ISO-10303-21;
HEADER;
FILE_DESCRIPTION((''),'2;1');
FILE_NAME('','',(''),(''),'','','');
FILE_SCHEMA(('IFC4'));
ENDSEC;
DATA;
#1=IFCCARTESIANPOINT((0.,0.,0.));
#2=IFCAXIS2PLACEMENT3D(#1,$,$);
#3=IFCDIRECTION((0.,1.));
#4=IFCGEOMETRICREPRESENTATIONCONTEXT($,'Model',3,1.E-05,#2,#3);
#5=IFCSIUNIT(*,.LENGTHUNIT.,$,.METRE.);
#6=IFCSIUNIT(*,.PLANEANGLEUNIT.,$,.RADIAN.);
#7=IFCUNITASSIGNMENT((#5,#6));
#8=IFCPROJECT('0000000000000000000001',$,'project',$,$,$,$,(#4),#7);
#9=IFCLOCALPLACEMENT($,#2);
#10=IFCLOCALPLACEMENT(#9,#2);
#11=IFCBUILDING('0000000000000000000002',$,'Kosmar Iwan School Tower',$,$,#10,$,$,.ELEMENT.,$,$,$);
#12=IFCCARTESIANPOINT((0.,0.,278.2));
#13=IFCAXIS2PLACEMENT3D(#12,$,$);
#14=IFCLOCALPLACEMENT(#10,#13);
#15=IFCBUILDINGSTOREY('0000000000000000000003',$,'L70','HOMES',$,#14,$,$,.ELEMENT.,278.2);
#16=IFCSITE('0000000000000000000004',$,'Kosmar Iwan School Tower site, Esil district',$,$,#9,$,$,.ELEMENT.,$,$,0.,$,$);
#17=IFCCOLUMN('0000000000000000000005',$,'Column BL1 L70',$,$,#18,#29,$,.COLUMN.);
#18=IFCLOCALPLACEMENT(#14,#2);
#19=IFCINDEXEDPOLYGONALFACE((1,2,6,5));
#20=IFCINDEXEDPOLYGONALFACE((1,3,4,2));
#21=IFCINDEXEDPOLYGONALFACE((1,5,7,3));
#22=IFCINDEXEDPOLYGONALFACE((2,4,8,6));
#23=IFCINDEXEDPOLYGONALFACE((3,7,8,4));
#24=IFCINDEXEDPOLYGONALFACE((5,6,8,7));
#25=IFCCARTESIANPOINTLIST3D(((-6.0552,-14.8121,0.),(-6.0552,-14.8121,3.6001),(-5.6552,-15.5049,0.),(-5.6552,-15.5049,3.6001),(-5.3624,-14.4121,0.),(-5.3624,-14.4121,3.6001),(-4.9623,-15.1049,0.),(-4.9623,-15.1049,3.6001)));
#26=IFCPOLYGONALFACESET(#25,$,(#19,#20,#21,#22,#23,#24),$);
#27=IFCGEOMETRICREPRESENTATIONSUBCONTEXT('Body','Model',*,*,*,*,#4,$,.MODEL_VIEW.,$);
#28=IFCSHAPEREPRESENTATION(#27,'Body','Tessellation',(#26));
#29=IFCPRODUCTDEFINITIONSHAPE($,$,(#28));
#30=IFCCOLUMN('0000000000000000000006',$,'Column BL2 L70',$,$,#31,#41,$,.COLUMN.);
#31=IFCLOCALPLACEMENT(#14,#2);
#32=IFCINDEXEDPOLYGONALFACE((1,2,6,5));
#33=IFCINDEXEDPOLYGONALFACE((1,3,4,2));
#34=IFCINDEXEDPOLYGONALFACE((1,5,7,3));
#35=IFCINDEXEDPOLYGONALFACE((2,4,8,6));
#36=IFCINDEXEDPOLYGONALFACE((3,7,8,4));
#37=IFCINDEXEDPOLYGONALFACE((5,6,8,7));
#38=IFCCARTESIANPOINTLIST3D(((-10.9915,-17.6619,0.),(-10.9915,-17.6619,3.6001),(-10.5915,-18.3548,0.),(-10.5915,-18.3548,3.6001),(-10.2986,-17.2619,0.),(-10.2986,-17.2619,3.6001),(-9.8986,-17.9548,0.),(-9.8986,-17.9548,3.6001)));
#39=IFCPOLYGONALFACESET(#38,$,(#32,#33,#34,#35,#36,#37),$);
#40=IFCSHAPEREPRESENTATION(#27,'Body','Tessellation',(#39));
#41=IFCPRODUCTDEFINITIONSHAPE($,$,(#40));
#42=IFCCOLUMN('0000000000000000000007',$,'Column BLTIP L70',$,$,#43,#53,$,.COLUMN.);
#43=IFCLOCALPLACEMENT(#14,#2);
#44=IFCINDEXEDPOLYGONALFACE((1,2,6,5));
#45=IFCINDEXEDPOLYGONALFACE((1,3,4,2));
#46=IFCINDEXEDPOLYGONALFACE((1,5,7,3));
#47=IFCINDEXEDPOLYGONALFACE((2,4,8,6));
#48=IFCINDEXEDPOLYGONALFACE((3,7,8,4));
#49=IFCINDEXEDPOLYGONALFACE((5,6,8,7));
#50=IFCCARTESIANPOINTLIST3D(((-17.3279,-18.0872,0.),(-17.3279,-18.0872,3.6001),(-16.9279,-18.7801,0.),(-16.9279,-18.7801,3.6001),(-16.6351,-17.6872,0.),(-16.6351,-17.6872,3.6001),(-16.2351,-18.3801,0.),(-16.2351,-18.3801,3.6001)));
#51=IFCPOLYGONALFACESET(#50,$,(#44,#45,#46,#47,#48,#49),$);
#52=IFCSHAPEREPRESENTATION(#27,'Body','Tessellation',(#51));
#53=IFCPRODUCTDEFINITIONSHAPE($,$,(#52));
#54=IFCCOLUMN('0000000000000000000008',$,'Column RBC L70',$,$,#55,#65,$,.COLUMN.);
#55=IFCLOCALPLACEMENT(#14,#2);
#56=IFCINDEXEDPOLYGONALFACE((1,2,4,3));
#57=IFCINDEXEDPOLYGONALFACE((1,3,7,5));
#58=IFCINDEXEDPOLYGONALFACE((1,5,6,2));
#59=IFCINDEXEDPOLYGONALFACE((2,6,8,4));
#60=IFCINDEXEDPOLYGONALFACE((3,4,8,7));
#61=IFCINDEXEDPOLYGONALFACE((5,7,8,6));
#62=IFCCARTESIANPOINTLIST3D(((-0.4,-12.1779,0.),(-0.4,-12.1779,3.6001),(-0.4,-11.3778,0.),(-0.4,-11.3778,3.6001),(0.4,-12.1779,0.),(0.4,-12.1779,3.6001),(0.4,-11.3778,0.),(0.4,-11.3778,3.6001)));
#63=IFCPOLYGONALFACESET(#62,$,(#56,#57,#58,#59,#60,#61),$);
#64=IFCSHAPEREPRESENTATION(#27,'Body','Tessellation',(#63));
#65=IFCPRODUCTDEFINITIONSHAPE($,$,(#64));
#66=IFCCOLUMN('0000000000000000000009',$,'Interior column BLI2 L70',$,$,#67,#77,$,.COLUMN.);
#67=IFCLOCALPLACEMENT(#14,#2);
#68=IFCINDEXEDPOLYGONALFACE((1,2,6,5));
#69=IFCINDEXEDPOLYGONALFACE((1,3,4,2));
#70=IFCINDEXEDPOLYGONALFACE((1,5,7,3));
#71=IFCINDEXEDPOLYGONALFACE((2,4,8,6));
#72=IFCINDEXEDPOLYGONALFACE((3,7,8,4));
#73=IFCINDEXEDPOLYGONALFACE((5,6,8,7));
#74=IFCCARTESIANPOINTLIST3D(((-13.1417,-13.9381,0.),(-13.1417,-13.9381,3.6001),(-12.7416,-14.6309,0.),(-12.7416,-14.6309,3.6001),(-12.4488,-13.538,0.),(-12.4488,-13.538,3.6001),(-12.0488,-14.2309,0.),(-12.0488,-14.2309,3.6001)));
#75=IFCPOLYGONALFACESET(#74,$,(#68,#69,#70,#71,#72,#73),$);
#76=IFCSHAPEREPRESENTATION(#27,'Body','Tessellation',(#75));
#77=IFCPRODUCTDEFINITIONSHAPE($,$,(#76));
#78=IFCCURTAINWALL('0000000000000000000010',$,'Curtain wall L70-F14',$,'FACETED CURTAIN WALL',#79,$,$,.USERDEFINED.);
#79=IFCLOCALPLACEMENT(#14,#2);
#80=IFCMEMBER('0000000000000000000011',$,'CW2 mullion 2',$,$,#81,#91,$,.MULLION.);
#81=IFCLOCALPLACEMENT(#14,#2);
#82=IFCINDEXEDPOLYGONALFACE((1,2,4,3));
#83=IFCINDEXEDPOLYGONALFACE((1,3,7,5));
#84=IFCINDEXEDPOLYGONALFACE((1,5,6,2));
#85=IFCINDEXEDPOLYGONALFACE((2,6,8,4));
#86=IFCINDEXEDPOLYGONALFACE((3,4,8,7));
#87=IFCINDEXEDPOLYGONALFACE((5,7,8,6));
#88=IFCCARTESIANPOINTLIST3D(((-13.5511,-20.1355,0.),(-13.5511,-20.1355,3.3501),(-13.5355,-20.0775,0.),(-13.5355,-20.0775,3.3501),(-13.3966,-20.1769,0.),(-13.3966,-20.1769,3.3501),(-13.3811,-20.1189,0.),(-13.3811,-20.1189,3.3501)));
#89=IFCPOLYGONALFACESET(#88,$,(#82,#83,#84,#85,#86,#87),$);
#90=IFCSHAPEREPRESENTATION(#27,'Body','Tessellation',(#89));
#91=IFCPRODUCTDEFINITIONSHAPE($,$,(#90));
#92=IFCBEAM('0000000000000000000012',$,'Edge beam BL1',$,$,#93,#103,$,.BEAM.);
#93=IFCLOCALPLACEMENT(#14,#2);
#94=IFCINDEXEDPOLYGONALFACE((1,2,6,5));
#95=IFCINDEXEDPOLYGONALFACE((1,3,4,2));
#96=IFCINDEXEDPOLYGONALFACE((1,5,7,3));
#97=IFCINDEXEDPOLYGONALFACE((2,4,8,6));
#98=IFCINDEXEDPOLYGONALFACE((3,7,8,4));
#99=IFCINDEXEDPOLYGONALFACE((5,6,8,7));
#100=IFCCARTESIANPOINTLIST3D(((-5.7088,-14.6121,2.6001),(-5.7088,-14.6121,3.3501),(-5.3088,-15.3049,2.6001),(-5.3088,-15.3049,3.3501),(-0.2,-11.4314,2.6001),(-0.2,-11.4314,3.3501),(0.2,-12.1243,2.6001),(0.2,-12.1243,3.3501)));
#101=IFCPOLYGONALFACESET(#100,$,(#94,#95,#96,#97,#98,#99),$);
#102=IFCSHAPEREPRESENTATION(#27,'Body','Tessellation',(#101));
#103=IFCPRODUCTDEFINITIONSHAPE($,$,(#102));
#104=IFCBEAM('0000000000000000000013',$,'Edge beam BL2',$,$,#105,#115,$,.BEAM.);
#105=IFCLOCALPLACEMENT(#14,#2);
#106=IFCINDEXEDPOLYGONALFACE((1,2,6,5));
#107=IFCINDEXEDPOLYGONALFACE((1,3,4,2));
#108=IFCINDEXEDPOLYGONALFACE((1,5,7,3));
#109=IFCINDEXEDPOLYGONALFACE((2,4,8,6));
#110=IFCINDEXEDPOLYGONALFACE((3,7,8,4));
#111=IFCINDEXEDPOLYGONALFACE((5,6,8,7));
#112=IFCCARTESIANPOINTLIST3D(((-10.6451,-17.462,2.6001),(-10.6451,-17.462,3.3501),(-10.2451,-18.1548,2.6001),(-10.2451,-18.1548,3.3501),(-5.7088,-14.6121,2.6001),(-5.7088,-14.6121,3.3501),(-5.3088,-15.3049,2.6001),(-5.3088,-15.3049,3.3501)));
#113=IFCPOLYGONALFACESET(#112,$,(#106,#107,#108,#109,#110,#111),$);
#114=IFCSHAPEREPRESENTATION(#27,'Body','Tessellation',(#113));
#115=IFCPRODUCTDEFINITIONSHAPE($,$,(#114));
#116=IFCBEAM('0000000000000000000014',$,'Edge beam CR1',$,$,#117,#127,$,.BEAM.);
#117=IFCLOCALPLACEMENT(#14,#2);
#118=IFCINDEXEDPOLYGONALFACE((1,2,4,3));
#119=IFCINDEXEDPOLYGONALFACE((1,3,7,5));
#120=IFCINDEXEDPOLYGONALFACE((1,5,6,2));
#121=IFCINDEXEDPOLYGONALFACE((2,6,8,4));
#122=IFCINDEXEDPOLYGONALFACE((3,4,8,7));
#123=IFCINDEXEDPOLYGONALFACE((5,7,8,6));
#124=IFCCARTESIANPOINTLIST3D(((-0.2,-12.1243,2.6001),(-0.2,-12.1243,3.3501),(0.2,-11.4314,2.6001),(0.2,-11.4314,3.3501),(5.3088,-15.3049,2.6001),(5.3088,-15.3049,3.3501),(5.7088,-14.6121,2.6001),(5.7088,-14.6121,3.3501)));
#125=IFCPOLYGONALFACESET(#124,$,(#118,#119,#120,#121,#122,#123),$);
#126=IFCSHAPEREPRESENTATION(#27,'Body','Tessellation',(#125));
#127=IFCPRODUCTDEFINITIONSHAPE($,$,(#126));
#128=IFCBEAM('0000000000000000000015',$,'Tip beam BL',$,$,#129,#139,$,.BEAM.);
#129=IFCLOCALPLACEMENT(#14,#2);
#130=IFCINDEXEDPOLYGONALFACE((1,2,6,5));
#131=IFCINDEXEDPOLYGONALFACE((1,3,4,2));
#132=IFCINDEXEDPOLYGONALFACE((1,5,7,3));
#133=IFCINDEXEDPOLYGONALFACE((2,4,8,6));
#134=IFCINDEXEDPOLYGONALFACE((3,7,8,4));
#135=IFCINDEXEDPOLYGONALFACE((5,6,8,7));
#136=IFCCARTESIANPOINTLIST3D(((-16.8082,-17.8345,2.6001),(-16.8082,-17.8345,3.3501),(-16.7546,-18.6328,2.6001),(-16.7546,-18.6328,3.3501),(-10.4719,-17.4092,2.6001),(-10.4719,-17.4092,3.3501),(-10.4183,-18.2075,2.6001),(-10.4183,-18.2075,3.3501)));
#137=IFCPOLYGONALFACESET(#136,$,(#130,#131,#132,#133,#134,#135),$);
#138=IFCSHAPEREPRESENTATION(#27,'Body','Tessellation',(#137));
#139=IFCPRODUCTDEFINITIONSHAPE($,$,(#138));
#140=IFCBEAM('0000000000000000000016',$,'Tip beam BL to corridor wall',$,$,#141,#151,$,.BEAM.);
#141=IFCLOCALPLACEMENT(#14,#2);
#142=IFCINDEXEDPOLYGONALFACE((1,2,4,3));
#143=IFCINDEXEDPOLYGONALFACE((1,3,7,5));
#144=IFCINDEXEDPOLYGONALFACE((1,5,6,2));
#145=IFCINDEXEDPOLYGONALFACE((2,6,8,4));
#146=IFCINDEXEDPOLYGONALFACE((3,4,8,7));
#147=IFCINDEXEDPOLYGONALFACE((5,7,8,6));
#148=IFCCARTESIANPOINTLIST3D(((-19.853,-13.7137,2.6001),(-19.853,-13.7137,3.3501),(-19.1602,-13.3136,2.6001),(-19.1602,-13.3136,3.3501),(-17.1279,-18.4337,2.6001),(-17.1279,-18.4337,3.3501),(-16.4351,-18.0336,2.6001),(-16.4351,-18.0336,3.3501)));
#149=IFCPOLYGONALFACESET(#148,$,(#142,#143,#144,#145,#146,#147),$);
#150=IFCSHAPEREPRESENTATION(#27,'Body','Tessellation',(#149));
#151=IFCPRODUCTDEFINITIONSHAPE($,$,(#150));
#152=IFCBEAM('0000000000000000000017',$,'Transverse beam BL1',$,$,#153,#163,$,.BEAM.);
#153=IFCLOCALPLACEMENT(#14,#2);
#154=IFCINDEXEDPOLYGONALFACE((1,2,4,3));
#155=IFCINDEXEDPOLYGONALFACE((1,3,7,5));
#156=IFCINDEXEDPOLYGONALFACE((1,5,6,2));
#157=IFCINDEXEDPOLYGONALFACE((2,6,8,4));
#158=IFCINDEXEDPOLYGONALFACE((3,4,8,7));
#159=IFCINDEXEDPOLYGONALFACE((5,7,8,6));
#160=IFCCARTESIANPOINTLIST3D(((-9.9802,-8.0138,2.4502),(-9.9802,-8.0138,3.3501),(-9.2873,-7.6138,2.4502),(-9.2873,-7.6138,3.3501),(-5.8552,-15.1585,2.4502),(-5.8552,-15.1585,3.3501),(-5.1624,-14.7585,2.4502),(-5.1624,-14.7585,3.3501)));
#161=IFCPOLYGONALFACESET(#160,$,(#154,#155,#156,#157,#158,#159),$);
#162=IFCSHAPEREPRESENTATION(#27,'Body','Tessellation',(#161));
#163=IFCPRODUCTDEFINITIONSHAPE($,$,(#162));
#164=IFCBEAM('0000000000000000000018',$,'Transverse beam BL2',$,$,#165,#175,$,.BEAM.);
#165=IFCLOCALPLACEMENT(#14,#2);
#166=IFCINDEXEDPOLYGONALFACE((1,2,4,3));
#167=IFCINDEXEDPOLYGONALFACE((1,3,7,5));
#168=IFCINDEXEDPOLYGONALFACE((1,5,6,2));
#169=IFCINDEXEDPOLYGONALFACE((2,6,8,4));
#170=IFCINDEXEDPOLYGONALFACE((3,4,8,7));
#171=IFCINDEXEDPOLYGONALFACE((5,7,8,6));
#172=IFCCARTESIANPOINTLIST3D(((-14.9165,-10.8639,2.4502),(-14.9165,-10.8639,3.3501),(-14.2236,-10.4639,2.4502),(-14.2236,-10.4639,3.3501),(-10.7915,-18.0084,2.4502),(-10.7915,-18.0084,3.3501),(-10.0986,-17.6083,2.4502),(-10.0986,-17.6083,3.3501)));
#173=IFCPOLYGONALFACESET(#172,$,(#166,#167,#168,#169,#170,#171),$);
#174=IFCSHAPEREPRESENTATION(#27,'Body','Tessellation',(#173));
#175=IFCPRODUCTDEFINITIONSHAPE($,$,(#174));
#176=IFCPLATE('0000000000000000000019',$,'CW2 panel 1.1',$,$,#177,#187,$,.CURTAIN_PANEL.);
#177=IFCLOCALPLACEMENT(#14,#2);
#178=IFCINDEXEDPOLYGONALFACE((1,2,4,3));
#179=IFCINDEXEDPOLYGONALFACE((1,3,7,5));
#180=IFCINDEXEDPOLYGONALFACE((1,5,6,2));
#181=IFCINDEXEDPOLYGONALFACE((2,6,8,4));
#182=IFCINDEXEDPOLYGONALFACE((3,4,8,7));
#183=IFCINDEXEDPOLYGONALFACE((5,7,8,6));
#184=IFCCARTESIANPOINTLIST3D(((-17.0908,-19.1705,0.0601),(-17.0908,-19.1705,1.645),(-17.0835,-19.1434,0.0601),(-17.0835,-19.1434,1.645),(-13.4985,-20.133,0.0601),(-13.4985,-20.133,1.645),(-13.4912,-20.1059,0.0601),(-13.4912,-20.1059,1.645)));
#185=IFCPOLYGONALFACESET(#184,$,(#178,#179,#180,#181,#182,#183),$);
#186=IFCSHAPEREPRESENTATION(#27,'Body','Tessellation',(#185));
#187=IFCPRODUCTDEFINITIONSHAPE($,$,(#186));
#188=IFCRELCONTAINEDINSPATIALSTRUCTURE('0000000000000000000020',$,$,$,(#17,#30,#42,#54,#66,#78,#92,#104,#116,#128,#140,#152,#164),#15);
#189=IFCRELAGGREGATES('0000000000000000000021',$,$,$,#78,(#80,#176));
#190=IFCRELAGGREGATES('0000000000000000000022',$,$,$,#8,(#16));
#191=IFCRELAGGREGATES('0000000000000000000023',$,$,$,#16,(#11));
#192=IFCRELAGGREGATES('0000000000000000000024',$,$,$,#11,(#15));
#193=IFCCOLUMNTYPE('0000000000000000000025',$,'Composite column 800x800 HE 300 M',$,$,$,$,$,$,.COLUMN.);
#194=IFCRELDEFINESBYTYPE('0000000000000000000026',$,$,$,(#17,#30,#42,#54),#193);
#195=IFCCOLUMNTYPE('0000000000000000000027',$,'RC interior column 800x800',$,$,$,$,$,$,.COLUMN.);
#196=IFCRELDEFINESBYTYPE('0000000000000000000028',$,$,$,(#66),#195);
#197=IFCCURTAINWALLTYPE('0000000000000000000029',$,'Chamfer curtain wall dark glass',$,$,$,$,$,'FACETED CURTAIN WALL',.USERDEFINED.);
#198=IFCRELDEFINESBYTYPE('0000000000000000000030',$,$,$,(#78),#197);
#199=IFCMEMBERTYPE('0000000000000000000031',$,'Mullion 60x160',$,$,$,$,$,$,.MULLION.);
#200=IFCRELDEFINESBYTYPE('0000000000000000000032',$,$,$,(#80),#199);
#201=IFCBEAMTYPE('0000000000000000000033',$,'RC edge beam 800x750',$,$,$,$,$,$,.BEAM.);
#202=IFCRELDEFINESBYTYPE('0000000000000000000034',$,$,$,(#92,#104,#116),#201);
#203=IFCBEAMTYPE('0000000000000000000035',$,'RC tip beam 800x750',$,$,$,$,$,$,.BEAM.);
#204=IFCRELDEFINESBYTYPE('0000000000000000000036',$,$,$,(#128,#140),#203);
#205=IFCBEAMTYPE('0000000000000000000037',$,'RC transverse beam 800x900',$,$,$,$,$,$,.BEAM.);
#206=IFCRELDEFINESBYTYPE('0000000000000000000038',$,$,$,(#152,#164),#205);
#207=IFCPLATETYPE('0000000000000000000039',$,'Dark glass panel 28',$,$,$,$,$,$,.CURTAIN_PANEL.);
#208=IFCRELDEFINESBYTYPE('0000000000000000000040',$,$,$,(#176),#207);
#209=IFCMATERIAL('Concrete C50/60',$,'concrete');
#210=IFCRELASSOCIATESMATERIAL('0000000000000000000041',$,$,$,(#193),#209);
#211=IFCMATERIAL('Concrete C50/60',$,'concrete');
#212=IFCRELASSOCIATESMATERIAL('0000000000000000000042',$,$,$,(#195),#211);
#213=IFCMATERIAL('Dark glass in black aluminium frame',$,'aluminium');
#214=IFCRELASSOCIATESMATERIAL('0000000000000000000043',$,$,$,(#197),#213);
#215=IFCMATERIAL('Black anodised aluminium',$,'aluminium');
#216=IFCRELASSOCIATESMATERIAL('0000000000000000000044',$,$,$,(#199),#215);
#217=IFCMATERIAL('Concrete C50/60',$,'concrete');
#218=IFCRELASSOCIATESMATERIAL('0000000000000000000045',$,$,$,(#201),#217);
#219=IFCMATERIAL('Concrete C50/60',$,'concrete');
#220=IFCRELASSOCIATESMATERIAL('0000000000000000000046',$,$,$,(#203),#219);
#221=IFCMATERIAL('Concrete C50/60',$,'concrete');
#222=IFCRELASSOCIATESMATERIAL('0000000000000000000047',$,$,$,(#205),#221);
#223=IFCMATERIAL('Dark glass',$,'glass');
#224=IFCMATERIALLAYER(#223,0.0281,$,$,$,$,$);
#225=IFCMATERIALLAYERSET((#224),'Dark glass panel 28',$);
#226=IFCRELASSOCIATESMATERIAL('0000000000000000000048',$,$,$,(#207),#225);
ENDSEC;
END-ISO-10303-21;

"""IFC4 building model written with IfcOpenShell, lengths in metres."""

from ifc_helpers import new_model, si_unit, direction, frame, origin, origin_2d, place, context, subcontext, project, spatial, rectangle, extrude, material, layer, layer_set, material_profile, profile_set, type_object, element, aggregate, save


model = new_model("IFC4")

# Units and contexts
model_context = context("Model", 3, precision=1e-05, world=origin(), true_north=direction((0.0, 1.0)))
body_context = subcontext(model_context, "Body", "Model", "MODEL_VIEW")
ifc_project = project(units=[si_unit("LENGTHUNIT", "METRE"), si_unit("PLANEANGLEUNIT", "RADIAN")], contexts=[model_context])

# Site, building, storey
site_placement = place(None, origin())
site = spatial("IfcSite", under=ifc_project, at=site_placement, Name="Kosmar Iwan School Tower site, Esil district", CompositionType="ELEMENT", RefElevation=0.0)
building_placement = place(site_placement, origin())
building = spatial("IfcBuilding", under=site, at=building_placement, Name="Kosmar Iwan School Tower", CompositionType="ELEMENT")
storey_placement = place(building_placement, frame((0.0, 0.0, 278.2)))
storey = spatial("IfcBuildingStorey", under=building, at=storey_placement, Name="L70", Description="HOMES", CompositionType="ELEMENT", Elevation=278.2)

# Columns
ifc_material_1 = material(Name="Concrete C50/60", Category="concrete")
ifc_material_profile_1 = material_profile(ifc_material_1, rectangle(XDim=0.8, YDim=0.8, at=origin_2d()), Name="RC 800x800 + HE 300 M")
ifc_profile_set_1 = profile_set([ifc_material_profile_1], Name="Concrete C50/60")
column_type_1 = type_object("IfcColumnType", Name="Composite column 800x800 HE 300 M", PredefinedType="COLUMN", material=ifc_profile_set_1)
for number, where, z_axis, x_axis, name in (
    (1, (-5.5088, -14.9585, 0.0), (0.0, 0.0, 1.0), (-0.866025, -0.5, 0.0), "Column BL1 L70"),
    (2, (-10.4451, -17.8083, 0.0), (0.0, 0.0, 1.0), (-0.866025, -0.5, 0.0), "Column BL2 L70"),
    (3, (-16.7815, -18.2336, 0.0), (0.0, 0.0, 1.0), (-0.866025, -0.5, 0.0), "Column BLTIP L70"),
    (4, (0.0, -11.7778, 0.0), (0.0, 0.0, 1.0), (1.0, 0.0, 0.0), "Column RBC L70"),
):
    element("IfcColumn", number, at=place(storey_placement, frame(where, z_axis=z_axis, x_axis=x_axis)), inside=storey, type_object=column_type_1, Name=name, PredefinedType="COLUMN", context=body_context, shape_type="SweptSolid", body=[
        extrude(rectangle(XDim=0.8, YDim=0.8, at=origin_2d()), origin(), (0.0, 0.0, 1.0), 3.6001),
    ])
ifc_material_2 = material(Name="Concrete C50/60", Category="concrete")
ifc_material_profile_2 = material_profile(ifc_material_2, rectangle(XDim=0.8, YDim=0.8, at=origin_2d()), Name="RC 800x800")
ifc_profile_set_2 = profile_set([ifc_material_profile_2], Name="Concrete C50/60")
column_type_2 = type_object("IfcColumnType", Name="RC interior column 800x800", PredefinedType="COLUMN", material=ifc_profile_set_2)
column_placement = place(storey_placement, frame((-12.5952, -14.0845, 0.0), z_axis=(0.0, 0.0, 1.0), x_axis=(-0.866025, -0.5, 0.0)))
element("IfcColumn", 5, at=column_placement, inside=storey, type_object=column_type_2, Name="Interior column BLI2 L70", PredefinedType="COLUMN", context=body_context, shape_type="SweptSolid", body=[
    extrude(rectangle(XDim=0.8, YDim=0.8, at=origin_2d()), origin(), (0.0, 0.0, 1.0), 3.6001),
])

# Curtain wall, member
ifc_material_3 = material(Name="Dark glass in black aluminium frame", Category="aluminium")
curtain_wall_type = type_object("IfcCurtainWallType", Name="Chamfer curtain wall dark glass", ElementType="FACETED CURTAIN WALL", PredefinedType="USERDEFINED", material=ifc_material_3)
curtain_wall_placement = place(storey_placement, origin())
curtain_wall = element("IfcCurtainWall", 6, at=curtain_wall_placement, inside=storey, type_object=curtain_wall_type, Name="Curtain wall L70-F14", ObjectType="FACETED CURTAIN WALL", PredefinedType="USERDEFINED")
ifc_material_4 = material(Name="Black anodised aluminium", Category="aluminium")
ifc_material_profile_3 = material_profile(ifc_material_4, rectangle(XDim=0.0601, YDim=0.1599, at=origin_2d()), Name="MULLION 60x160")
ifc_profile_set_3 = profile_set([ifc_material_profile_3], Name="Black anodised aluminium")
member_type = type_object("IfcMemberType", Name="Mullion 60x160", PredefinedType="MULLION", material=ifc_profile_set_3)
member_placement = place(storey_placement, frame((-13.4661, -20.1272, 0.0), z_axis=(0.0, 0.0, 1.0), x_axis=(0.258819, 0.965926, 0.0)))
member = element("IfcMember", 7, at=member_placement, type_object=member_type, Name="CW2 mullion 2", PredefinedType="MULLION", context=body_context, shape_type="SweptSolid", body=[
    extrude(rectangle(XDim=0.0601, YDim=0.1599, at=origin_2d()), origin(), (0.0, 0.0, 1.0), 3.3501),
])

# Beams
ifc_material_5 = material(Name="Concrete C50/60", Category="concrete")
ifc_material_profile_4 = material_profile(ifc_material_5, rectangle(XDim=0.8, YDim=0.75, at=origin_2d()), Name="RC 800x750")
ifc_profile_set_4 = profile_set([ifc_material_profile_4], Name="Concrete C50/60")
beam_type_1 = type_object("IfcBeamType", Name="RC edge beam 800x750", PredefinedType="BEAM", material=ifc_profile_set_4)
beam_1_placement = place(storey_placement, frame((0.0, -11.7778, 2.9751), z_axis=(-0.866014, -0.500019, 0.0), x_axis=(0.500019, -0.866014, 0.0)))
element("IfcBeam", 8, at=beam_1_placement, inside=storey, type_object=beam_type_1, Name="Edge beam BL1", PredefinedType="BEAM", context=body_context, shape_type="SweptSolid", body=[
    extrude(rectangle(XDim=0.8, YDim=0.75, at=origin_2d()), origin(), (0.0, 0.0, 1.0), 6.3611),
])
beam_2_placement = place(storey_placement, frame((-5.5088, -14.9585, 2.9751), z_axis=(-0.866034, -0.499986, 0.0), x_axis=(0.499986, -0.866034, 0.0)))
element("IfcBeam", 9, at=beam_2_placement, inside=storey, type_object=beam_type_1, Name="Edge beam BL2", PredefinedType="BEAM", context=body_context, shape_type="SweptSolid", body=[
    extrude(rectangle(XDim=0.8, YDim=0.75, at=origin_2d()), origin(), (0.0, 0.0, 1.0), 5.7),
])
beam_3_placement = place(storey_placement, frame((0.0, -11.7778, 2.9751), z_axis=(0.866014, -0.500019, 0.0), x_axis=(0.500019, 0.866014, 0.0)))
element("IfcBeam", 10, at=beam_3_placement, inside=storey, type_object=beam_type_1, Name="Edge beam CR1", PredefinedType="BEAM", context=body_context, shape_type="SweptSolid", body=[
    extrude(rectangle(XDim=0.8, YDim=0.75, at=origin_2d()), origin(), (0.0, 0.0, 1.0), 6.3611),
])
ifc_material_6 = material(Name="Concrete C50/60", Category="concrete")
ifc_material_profile_5 = material_profile(ifc_material_6, rectangle(XDim=0.8, YDim=0.75, at=origin_2d()), Name="RC 800x750")
ifc_profile_set_5 = profile_set([ifc_material_profile_5], Name="Concrete C50/60")
beam_type_2 = type_object("IfcBeamType", Name="RC tip beam 800x750", PredefinedType="BEAM", material=ifc_profile_set_5)
beam_4_placement = place(storey_placement, frame((-10.4451, -17.8083, 2.9751), z_axis=(-0.997755, -0.066968, 0.0), x_axis=(0.066968, -0.997755, 0.0)))
element("IfcBeam", 11, at=beam_4_placement, inside=storey, type_object=beam_type_2, Name="Tip beam BL", PredefinedType="BEAM", context=body_context, shape_type="SweptSolid", body=[
    extrude(rectangle(XDim=0.8, YDim=0.75, at=origin_2d()), origin(), (0.0, 0.0, 1.0), 6.3506),
])
beam_5_placement = place(storey_placement, frame((-16.7815, -18.2336, 2.9751), z_axis=(-0.500003, 0.866024, 0.0), x_axis=(-0.866024, -0.500003, 0.0)))
element("IfcBeam", 12, at=beam_5_placement, inside=storey, type_object=beam_type_2, Name="Tip beam BL to corridor wall", PredefinedType="BEAM", context=body_context, shape_type="SweptSolid", body=[
    extrude(rectangle(XDim=0.8, YDim=0.75, at=origin_2d()), origin(), (0.0, 0.0, 1.0), 5.4502),
])
ifc_material_7 = material(Name="Concrete C50/60", Category="concrete")
ifc_material_profile_6 = material_profile(ifc_material_7, rectangle(XDim=0.8, YDim=0.8999, at=origin_2d()), Name="RC 800x900")
ifc_profile_set_6 = profile_set([ifc_material_profile_6], Name="Concrete C50/60")
beam_type_3 = type_object("IfcBeamType", Name="RC transverse beam 800x900", PredefinedType="BEAM", material=ifc_profile_set_6)
beam_6_placement = place(storey_placement, frame((-5.5088, -14.9585, 2.9001), z_axis=(-0.499997, 0.866027, 0.0), x_axis=(-0.866027, -0.499997, 0.0)))
element("IfcBeam", 13, at=beam_6_placement, inside=storey, type_object=beam_type_3, Name="Transverse beam BL1", PredefinedType="BEAM", context=body_context, shape_type="SweptSolid", body=[
    extrude(rectangle(XDim=0.8, YDim=0.8999, at=origin_2d()), origin(), (0.0, 0.0, 1.0), 8.25),
])
beam_7_placement = place(storey_placement, frame((-10.4451, -17.8083, 2.9001), z_axis=(-0.500009, 0.86602, 0.0), x_axis=(-0.86602, -0.500009, 0.0)))
element("IfcBeam", 14, at=beam_7_placement, inside=storey, type_object=beam_type_3, Name="Transverse beam BL2", PredefinedType="BEAM", context=body_context, shape_type="SweptSolid", body=[
    extrude(rectangle(XDim=0.8, YDim=0.8999, at=origin_2d()), origin(), (0.0, 0.0, 1.0), 8.2498),
])

# Plate
ifc_material_8 = material(Name="Dark glass", Category="glass")
ifc_layer_1 = layer(ifc_material_8, 0.0281)
ifc_layer_set_1 = layer_set([ifc_layer_1], Name="Dark glass panel 28")
plate_type = type_object("IfcPlateType", Name="Dark glass panel 28", PredefinedType="CURTAIN_PANEL", material=ifc_layer_set_1)
plate_1_placement = place(storey_placement, frame((-15.291, -19.6382, 0.0601), z_axis=(0.0, 0.0, 1.0), x_axis=(0.965926, -0.258819, 0.0)))
plate_1 = element("IfcPlate", 15, at=plate_1_placement, type_object=plate_type, Name="CW2 panel 1.1", PredefinedType="CURTAIN_PANEL", context=body_context, shape_type="SweptSolid", body=[
    extrude(rectangle(XDim=3.719, YDim=0.0281, at=origin_2d()), origin(), (0.0, 0.0, 1.0), 1.585),
])
aggregate(curtain_wall, [member, plate_1])

save(model, "model.ifc")
